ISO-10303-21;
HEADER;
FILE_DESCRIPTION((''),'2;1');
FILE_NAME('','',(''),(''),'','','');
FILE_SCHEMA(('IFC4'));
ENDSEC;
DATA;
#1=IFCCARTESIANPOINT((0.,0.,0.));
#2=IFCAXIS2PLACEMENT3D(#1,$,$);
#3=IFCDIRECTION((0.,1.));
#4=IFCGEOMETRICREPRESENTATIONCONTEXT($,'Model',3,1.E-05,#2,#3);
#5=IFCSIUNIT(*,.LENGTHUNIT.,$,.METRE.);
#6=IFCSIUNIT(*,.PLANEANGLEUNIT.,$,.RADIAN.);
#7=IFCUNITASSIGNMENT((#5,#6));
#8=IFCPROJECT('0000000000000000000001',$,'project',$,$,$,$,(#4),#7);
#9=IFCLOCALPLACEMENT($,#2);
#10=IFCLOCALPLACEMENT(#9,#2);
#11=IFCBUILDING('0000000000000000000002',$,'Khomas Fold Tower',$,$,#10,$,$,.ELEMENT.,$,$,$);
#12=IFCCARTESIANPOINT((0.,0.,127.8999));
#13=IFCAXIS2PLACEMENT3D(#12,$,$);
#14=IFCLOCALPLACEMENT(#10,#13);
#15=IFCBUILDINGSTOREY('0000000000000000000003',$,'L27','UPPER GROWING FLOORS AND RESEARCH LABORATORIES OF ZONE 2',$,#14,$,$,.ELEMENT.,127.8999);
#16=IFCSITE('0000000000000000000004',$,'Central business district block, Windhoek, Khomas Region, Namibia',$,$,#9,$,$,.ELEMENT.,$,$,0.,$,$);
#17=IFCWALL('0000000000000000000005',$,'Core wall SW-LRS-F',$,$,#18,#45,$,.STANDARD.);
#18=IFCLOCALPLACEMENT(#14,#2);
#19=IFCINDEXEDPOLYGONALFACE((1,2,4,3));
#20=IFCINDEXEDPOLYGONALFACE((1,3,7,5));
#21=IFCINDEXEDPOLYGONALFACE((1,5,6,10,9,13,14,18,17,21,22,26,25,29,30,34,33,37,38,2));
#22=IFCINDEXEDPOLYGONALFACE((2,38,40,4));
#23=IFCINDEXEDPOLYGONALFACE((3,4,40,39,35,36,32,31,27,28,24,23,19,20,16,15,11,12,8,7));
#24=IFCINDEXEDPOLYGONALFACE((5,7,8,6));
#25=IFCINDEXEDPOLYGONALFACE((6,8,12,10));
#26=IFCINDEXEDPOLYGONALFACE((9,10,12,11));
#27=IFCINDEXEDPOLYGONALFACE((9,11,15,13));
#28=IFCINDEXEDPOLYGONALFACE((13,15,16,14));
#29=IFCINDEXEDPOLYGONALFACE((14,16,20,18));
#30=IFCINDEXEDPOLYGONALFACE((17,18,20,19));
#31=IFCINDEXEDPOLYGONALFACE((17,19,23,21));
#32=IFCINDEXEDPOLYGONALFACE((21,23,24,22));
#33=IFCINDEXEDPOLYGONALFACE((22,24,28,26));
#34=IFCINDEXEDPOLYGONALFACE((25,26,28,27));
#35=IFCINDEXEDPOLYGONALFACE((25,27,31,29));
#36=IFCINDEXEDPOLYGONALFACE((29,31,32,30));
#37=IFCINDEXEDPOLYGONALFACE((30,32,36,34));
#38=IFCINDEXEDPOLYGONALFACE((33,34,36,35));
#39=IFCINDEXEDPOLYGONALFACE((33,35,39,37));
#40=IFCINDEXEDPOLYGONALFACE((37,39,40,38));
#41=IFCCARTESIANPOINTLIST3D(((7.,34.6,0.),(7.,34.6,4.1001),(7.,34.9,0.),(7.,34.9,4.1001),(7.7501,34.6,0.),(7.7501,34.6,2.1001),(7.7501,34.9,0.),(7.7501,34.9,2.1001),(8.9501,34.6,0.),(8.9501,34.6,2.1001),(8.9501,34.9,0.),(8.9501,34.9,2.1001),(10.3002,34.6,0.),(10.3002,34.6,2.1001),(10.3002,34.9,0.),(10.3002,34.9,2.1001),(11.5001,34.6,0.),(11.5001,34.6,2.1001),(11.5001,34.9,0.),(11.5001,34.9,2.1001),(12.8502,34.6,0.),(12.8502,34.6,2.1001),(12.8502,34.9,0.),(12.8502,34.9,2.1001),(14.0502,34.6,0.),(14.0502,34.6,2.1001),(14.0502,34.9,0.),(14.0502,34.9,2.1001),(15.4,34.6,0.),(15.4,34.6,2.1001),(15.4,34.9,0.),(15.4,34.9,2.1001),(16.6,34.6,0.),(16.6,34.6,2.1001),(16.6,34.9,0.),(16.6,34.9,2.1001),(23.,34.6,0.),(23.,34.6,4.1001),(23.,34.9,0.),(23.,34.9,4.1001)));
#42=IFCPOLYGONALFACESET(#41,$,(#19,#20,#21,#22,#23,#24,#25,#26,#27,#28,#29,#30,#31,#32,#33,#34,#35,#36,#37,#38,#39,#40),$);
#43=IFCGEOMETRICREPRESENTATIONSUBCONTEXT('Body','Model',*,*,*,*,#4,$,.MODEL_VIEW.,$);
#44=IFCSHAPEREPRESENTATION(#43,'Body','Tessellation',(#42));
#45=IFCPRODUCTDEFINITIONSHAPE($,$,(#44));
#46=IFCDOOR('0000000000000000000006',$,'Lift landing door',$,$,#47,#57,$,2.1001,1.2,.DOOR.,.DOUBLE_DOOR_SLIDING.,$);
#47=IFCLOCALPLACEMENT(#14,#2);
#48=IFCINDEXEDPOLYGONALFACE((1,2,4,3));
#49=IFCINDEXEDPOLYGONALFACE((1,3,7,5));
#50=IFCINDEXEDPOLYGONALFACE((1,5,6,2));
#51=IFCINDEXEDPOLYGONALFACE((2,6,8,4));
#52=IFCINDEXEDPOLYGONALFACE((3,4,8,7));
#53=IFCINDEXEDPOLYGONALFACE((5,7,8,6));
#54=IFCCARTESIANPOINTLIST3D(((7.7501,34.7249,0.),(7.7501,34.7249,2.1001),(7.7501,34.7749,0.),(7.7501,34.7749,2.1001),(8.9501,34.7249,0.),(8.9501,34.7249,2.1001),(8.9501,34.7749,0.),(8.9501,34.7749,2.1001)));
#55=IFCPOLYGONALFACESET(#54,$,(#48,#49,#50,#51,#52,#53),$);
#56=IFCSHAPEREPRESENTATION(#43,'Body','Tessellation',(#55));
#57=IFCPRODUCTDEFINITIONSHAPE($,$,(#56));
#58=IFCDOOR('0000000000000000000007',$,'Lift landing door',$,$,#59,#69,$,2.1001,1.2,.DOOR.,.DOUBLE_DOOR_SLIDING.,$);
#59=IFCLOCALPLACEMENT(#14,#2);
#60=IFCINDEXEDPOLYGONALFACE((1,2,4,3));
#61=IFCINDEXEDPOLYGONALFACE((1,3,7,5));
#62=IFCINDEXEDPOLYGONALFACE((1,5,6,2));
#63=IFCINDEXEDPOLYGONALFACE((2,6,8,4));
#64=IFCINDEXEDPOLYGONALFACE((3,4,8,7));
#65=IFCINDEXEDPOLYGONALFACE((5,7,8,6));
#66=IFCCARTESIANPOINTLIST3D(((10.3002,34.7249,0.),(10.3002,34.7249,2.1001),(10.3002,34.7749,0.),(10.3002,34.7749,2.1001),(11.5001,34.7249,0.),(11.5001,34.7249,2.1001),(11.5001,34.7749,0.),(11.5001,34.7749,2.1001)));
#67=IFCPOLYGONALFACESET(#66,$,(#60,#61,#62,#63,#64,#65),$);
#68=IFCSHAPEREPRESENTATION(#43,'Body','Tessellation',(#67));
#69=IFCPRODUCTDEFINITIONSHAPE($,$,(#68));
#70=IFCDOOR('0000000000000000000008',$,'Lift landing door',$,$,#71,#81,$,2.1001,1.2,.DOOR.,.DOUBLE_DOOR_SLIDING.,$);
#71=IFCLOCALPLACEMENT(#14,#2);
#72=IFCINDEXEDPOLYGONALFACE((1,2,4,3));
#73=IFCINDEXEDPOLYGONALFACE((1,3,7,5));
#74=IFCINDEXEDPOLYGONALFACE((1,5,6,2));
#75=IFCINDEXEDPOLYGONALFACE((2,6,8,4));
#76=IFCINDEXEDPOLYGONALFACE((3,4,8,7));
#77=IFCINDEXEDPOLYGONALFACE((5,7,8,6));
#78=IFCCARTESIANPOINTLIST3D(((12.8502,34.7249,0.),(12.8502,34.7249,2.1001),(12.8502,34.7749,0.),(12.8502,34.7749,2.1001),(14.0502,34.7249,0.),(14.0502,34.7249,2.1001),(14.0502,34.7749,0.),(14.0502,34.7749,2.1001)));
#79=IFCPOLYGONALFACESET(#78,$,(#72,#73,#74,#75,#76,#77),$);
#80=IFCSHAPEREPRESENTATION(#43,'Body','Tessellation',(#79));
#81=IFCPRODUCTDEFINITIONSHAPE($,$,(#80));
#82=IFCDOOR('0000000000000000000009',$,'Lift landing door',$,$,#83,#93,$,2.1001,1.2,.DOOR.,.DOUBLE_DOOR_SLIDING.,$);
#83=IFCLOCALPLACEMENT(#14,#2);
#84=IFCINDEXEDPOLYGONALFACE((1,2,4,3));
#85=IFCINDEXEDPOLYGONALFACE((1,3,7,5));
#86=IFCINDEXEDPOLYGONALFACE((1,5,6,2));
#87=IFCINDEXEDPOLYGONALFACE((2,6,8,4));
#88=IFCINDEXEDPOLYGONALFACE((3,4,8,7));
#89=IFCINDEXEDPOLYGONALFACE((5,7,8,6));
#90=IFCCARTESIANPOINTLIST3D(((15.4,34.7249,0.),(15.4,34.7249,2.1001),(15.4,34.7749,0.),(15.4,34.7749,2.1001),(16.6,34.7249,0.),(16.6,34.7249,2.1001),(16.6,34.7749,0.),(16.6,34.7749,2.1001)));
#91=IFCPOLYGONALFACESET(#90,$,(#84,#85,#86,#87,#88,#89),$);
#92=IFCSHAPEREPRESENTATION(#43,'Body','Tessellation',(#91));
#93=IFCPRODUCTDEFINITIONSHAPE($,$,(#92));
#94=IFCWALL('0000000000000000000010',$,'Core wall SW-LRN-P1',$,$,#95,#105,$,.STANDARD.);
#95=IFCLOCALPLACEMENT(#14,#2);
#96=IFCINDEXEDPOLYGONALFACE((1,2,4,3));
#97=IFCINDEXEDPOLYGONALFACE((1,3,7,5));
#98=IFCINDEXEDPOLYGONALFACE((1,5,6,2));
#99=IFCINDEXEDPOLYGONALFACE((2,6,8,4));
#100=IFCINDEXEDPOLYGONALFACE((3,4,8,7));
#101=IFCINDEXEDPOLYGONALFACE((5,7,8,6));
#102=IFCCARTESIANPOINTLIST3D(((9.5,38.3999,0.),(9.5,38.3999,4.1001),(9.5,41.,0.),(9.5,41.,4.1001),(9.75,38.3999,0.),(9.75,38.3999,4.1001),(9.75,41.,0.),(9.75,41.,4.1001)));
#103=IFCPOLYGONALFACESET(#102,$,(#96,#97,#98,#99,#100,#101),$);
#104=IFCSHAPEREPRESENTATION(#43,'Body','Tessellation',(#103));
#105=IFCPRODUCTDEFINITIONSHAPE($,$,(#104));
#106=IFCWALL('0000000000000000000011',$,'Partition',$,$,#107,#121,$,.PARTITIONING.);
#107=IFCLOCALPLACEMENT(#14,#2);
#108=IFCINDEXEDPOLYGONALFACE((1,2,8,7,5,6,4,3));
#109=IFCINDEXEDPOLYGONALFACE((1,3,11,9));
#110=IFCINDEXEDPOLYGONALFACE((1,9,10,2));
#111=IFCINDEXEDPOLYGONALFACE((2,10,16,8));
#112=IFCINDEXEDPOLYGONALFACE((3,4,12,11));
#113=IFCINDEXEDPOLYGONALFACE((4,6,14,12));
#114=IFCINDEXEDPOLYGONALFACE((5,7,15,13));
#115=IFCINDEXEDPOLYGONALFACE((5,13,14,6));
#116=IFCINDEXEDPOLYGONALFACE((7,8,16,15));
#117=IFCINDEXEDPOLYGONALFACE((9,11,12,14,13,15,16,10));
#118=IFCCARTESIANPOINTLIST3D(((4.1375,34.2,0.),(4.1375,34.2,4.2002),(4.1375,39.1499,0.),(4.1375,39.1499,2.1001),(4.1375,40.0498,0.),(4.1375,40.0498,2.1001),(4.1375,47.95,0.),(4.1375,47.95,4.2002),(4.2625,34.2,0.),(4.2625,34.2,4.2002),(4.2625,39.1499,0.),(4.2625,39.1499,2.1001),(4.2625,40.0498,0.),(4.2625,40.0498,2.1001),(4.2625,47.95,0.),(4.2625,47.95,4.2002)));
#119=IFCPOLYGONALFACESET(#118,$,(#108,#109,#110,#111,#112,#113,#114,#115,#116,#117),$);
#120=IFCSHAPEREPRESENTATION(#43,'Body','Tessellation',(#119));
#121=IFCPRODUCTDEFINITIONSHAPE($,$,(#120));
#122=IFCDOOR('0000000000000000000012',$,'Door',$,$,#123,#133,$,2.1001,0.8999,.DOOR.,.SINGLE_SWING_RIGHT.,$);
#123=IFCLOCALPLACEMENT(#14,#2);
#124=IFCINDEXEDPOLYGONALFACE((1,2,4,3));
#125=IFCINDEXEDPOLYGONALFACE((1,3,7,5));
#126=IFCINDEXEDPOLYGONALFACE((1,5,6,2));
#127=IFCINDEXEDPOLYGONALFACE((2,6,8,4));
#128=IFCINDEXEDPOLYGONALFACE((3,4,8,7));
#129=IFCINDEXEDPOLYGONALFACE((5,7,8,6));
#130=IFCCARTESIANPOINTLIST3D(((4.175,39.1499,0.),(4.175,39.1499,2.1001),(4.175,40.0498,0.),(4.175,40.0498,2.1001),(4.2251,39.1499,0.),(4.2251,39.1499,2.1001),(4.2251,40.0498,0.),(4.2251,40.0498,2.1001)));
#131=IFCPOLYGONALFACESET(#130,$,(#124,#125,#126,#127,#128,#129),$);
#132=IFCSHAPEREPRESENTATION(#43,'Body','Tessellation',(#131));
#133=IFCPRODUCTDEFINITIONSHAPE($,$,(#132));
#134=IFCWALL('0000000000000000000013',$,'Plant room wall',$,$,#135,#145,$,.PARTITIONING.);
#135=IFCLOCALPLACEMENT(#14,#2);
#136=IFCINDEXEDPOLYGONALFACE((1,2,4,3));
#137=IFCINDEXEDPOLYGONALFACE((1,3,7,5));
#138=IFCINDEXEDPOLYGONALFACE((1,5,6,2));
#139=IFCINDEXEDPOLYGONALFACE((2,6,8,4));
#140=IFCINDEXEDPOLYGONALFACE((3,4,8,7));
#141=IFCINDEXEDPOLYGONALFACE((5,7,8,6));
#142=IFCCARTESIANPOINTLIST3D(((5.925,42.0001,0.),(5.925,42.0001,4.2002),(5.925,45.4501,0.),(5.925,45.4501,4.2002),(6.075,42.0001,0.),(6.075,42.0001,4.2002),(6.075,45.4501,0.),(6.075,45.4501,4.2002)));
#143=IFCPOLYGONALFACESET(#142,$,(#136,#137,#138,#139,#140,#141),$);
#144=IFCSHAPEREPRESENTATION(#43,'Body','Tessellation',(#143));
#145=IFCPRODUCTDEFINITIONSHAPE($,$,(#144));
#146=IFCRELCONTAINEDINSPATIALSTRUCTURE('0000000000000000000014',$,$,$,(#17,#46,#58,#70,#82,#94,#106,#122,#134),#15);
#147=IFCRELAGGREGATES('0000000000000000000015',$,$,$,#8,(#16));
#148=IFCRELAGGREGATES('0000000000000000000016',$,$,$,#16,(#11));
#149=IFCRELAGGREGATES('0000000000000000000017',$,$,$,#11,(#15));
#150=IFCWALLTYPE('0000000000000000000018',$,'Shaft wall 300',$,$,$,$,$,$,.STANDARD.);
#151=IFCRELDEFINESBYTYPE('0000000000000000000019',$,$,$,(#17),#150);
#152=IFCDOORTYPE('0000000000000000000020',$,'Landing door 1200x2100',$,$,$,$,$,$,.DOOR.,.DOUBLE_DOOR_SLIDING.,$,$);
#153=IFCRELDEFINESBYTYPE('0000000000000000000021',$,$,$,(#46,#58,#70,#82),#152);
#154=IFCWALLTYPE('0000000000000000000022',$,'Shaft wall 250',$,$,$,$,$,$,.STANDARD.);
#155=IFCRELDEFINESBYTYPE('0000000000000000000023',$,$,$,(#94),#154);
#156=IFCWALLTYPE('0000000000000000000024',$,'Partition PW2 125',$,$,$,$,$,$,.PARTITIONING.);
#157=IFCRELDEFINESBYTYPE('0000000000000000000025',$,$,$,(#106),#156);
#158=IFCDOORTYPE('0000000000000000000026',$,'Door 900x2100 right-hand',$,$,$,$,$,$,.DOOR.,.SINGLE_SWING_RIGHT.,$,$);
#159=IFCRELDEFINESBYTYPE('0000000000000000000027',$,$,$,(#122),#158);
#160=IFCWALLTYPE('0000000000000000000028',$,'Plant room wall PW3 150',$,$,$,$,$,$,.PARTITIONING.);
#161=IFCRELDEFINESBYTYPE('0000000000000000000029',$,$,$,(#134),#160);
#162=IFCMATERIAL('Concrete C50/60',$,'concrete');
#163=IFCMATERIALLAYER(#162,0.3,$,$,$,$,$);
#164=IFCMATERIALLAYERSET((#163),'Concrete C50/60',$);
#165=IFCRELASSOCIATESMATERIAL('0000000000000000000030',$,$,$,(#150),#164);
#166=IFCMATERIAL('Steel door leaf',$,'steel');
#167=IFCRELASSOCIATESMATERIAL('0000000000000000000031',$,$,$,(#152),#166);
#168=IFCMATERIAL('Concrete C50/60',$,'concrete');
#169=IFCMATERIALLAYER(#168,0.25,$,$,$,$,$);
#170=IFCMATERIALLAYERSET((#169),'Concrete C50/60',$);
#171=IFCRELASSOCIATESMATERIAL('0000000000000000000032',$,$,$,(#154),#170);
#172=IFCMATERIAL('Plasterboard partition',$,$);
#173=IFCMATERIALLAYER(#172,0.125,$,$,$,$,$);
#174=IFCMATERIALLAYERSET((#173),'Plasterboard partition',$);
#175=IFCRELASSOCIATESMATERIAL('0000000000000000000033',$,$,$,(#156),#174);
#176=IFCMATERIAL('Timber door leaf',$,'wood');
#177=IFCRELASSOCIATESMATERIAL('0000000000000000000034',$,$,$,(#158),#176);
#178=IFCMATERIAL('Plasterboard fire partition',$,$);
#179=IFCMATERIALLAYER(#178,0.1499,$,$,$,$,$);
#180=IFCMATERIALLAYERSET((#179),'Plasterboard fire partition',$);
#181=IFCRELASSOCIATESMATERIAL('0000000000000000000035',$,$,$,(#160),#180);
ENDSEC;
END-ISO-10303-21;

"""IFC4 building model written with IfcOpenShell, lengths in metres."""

from ifc_helpers import new_model, si_unit, direction, frame, frame_2d, origin, place, context, subcontext, project, spatial, rectangle, extrude, source, transform, mapped, material, layer, layer_set, type_object, element, fill, save


model = new_model("IFC4")

# Units and contexts
model_context = context("Model", 3, precision=1e-05, world=origin(), true_north=direction((0.0, 1.0)))
body_context = subcontext(model_context, "Body", "Model", "MODEL_VIEW")
ifc_project = project(units=[si_unit("LENGTHUNIT", "METRE"), si_unit("PLANEANGLEUNIT", "RADIAN")], contexts=[model_context])

# Site, building, storey
site_placement = place(None, origin())
site = spatial("IfcSite", under=ifc_project, at=site_placement, Name="Central business district block, Windhoek, Khomas Region, Namibia", CompositionType="ELEMENT", RefElevation=0.0)
building_placement = place(site_placement, origin())
building = spatial("IfcBuilding", under=site, at=building_placement, Name="Khomas Fold Tower", CompositionType="ELEMENT")
storey_placement = place(building_placement, frame((0.0, 0.0, 127.8999)))
storey = spatial("IfcBuildingStorey", under=building, at=storey_placement, Name="L27", Description="UPPER GROWING FLOORS AND RESEARCH LABORATORIES OF ZONE 2", CompositionType="ELEMENT", Elevation=127.8999)

# Wall, openings, doors
ifc_material_1 = material(Name="Concrete C50/60", Category="concrete")
ifc_layer_1 = layer(ifc_material_1, 0.3)
ifc_layer_set_1 = layer_set([ifc_layer_1], Name="Concrete C50/60")
wall_type_1 = type_object("IfcWallType", Name="Shaft wall 300", PredefinedType="STANDARD", material=ifc_layer_set_1)
shared_shape_1 = source(origin(), body_context, "Body", "SweptSolid", [
    extrude(rectangle(XDim=16.0, YDim=0.3, at=frame_2d((8.0, 0.0))), origin(), (0.0, 0.0, 1.0), 4.1001),
])
shared_shape_2 = source(origin(), body_context, "Body", "SweptSolid", [
    extrude(rectangle(XDim=1.2, YDim=2.1001, at=frame_2d((0.6001, 1.05))), frame((0.0, 0.1599, 0.0), z_axis=(0.0, -1.0, 0.0), x_axis=(1.0, 0.0, 0.0)), (0.0, 0.0, 1.0), 0.3201),
])
ifc_material_2 = material(Name="Steel door leaf", Category="steel")
door_type_1 = type_object("IfcDoorType", Name="Landing door 1200x2100", OperationType="DOUBLE_DOOR_SLIDING", PredefinedType="DOOR", material=ifc_material_2)
shared_shape_3 = source(origin(), body_context, "Body", "SweptSolid", [
    extrude(rectangle(XDim=1.2, YDim=2.1001, at=frame_2d((0.6001, 1.05))), frame((0.0, 0.0249, 0.0), z_axis=(0.0, -1.0, 0.0), x_axis=(1.0, 0.0, 0.0)), (0.0, 0.0, 1.0), 0.05),
])
wall_1_placement = place(storey_placement, frame((7.0, 34.75, 0.0), z_axis=(0.0, 0.0, 1.0), x_axis=(1.0, 0.0, 0.0)))
wall_1 = element("IfcWall", 1, at=wall_1_placement, inside=storey, type_object=wall_type_1, Name="Core wall SW-LRS-F", PredefinedType="STANDARD", context=body_context, shape_type="MappedRepresentation", body=[
    mapped(shared_shape_1, transform((0.0, 0.0, 0.0))),
])
opening_1_placement = place(wall_1_placement, frame((0.75, 0.0, 0.0)))
opening_1 = element("IfcOpeningElement", 2, at=opening_1_placement, cuts=wall_1, PredefinedType="OPENING", context=body_context, shape_type="MappedRepresentation", body=[
    mapped(shared_shape_2, transform((0.0, 0.0, 0.0))),
])
opening_2_placement = place(wall_1_placement, frame((3.3, 0.0, 0.0)))
opening_2 = element("IfcOpeningElement", 3, at=opening_2_placement, cuts=wall_1, PredefinedType="OPENING", context=body_context, shape_type="MappedRepresentation", body=[
    mapped(shared_shape_2, transform((0.0, 0.0, 0.0))),
])
opening_3_placement = place(wall_1_placement, frame((5.8501, 0.0, 0.0)))
opening_3 = element("IfcOpeningElement", 4, at=opening_3_placement, cuts=wall_1, PredefinedType="OPENING", context=body_context, shape_type="MappedRepresentation", body=[
    mapped(shared_shape_2, transform((0.0, 0.0, 0.0))),
])
opening_4_placement = place(wall_1_placement, frame((8.3999, 0.0, 0.0)))
opening_4 = element("IfcOpeningElement", 5, at=opening_4_placement, cuts=wall_1, PredefinedType="OPENING", context=body_context, shape_type="MappedRepresentation", body=[
    mapped(shared_shape_2, transform((0.0, 0.0, 0.0))),
])
door_1_placement = place(opening_1_placement, origin())
door_1 = element("IfcDoor", 6, at=door_1_placement, inside=storey, type_object=door_type_1, Name="Lift landing door", OperationType="DOUBLE_DOOR_SLIDING", OverallHeight=2.1001, OverallWidth=1.2, PredefinedType="DOOR", context=body_context, shape_type="MappedRepresentation", body=[
    mapped(shared_shape_3, transform((0.0, 0.0, 0.0))),
])
fill(opening_1, door_1)
door_2_placement = place(opening_2_placement, origin())
door_2 = element("IfcDoor", 7, at=door_2_placement, inside=storey, type_object=door_type_1, Name="Lift landing door", OperationType="DOUBLE_DOOR_SLIDING", OverallHeight=2.1001, OverallWidth=1.2, PredefinedType="DOOR", context=body_context, shape_type="MappedRepresentation", body=[
    mapped(shared_shape_3, transform((0.0, 0.0, 0.0))),
])
fill(opening_2, door_2)
door_3_placement = place(opening_3_placement, origin())
door_3 = element("IfcDoor", 8, at=door_3_placement, inside=storey, type_object=door_type_1, Name="Lift landing door", OperationType="DOUBLE_DOOR_SLIDING", OverallHeight=2.1001, OverallWidth=1.2, PredefinedType="DOOR", context=body_context, shape_type="MappedRepresentation", body=[
    mapped(shared_shape_3, transform((0.0, 0.0, 0.0))),
])
fill(opening_3, door_3)
door_4_placement = place(opening_4_placement, origin())
door_4 = element("IfcDoor", 9, at=door_4_placement, inside=storey, type_object=door_type_1, Name="Lift landing door", OperationType="DOUBLE_DOOR_SLIDING", OverallHeight=2.1001, OverallWidth=1.2, PredefinedType="DOOR", context=body_context, shape_type="MappedRepresentation", body=[
    mapped(shared_shape_3, transform((0.0, 0.0, 0.0))),
])
fill(opening_4, door_4)

# Wall
ifc_material_3 = material(Name="Concrete C50/60", Category="concrete")
ifc_layer_2 = layer(ifc_material_3, 0.25)
ifc_layer_set_2 = layer_set([ifc_layer_2], Name="Concrete C50/60")
wall_type_2 = type_object("IfcWallType", Name="Shaft wall 250", PredefinedType="STANDARD", material=ifc_layer_set_2)
shared_shape_4 = source(origin(), body_context, "Body", "SweptSolid", [
    extrude(rectangle(XDim=2.6001, YDim=0.25, at=frame_2d((1.3, 0.0))), origin(), (0.0, 0.0, 1.0), 4.1001),
])
wall_2_placement = place(storey_placement, frame((9.625, 38.3999, 0.0), z_axis=(0.0, 0.0, 1.0), x_axis=(0.0, 1.0, 0.0)))
element("IfcWall", 10, at=wall_2_placement, inside=storey, type_object=wall_type_2, Name="Core wall SW-LRN-P1", PredefinedType="STANDARD", context=body_context, shape_type="MappedRepresentation", body=[
    mapped(shared_shape_4, transform((0.0, 0.0, 0.0))),
])

# Wall, opening, door
ifc_material_4 = material(Name="Plasterboard partition")
ifc_layer_3 = layer(ifc_material_4, 0.125)
ifc_layer_set_3 = layer_set([ifc_layer_3], Name="Plasterboard partition")
wall_type_3 = type_object("IfcWallType", Name="Partition PW2 125", PredefinedType="PARTITIONING", material=ifc_layer_set_3)
shared_shape_5 = source(origin(), body_context, "Body", "SweptSolid", [
    extrude(rectangle(XDim=13.75, YDim=0.125, at=frame_2d((6.875, 0.0))), origin(), (0.0, 0.0, 1.0), 4.2002),
])
wall_3_placement = place(storey_placement, frame((4.2, 34.2, 0.0), z_axis=(0.0, 0.0, 1.0), x_axis=(0.0, 1.0, 0.0)))
wall_3 = element("IfcWall", 11, at=wall_3_placement, inside=storey, type_object=wall_type_3, Name="Partition", PredefinedType="PARTITIONING", context=body_context, shape_type="MappedRepresentation", body=[
    mapped(shared_shape_5, transform((0.0, 0.0, 0.0))),
])
shared_shape_6 = source(origin(), body_context, "Body", "SweptSolid", [
    extrude(rectangle(XDim=0.8999, YDim=2.1001, at=frame_2d((0.45, 1.05))), frame((0.0, 0.0725, 0.0), z_axis=(0.0, -1.0, 0.0), x_axis=(1.0, 0.0, 0.0)), (0.0, 0.0, 1.0), 0.145),
])
opening_5_placement = place(wall_3_placement, frame((4.95, 0.0, 0.0)))
opening_5 = element("IfcOpeningElement", 12, at=opening_5_placement, cuts=wall_3, PredefinedType="OPENING", context=body_context, shape_type="MappedRepresentation", body=[
    mapped(shared_shape_6, transform((0.0, 0.0, 0.0))),
])
ifc_material_5 = material(Name="Timber door leaf", Category="wood")
door_type_2 = type_object("IfcDoorType", Name="Door 900x2100 right-hand", OperationType="SINGLE_SWING_RIGHT", PredefinedType="DOOR", material=ifc_material_5)
shared_shape_7 = source(origin(), body_context, "Body", "SweptSolid", [
    extrude(rectangle(XDim=0.8999, YDim=2.1001, at=frame_2d((0.45, 1.05))), frame((0.0, 0.0249, 0.0), z_axis=(0.0, -1.0, 0.0), x_axis=(1.0, 0.0, 0.0)), (0.0, 0.0, 1.0), 0.05),
])
door_5_placement = place(opening_5_placement, origin())
door_5 = element("IfcDoor", 13, at=door_5_placement, inside=storey, type_object=door_type_2, Name="Door", OperationType="SINGLE_SWING_RIGHT", OverallHeight=2.1001, OverallWidth=0.8999, PredefinedType="DOOR", context=body_context, shape_type="MappedRepresentation", body=[
    mapped(shared_shape_7, transform((0.0, 0.0, 0.0))),
])
fill(opening_5, door_5)

# Wall
ifc_material_6 = material(Name="Plasterboard fire partition")
ifc_layer_4 = layer(ifc_material_6, 0.1499)
ifc_layer_set_4 = layer_set([ifc_layer_4], Name="Plasterboard fire partition")
wall_type_4 = type_object("IfcWallType", Name="Plant room wall PW3 150", PredefinedType="PARTITIONING", material=ifc_layer_set_4)
shared_shape_8 = source(origin(), body_context, "Body", "SweptSolid", [
    extrude(rectangle(XDim=3.45, YDim=0.1499, at=frame_2d((1.7251, 0.0))), origin(), (0.0, 0.0, 1.0), 4.2002),
])
wall_4_placement = place(storey_placement, frame((6.0, 42.0, 0.0), z_axis=(0.0, 0.0, 1.0), x_axis=(0.0, 1.0, 0.0)))
element("IfcWall", 14, at=wall_4_placement, inside=storey, type_object=wall_type_4, Name="Plant room wall", PredefinedType="PARTITIONING", context=body_context, shape_type="MappedRepresentation", body=[
    mapped(shared_shape_8, transform((0.0, 0.0, 0.0))),
])

save(model, "model.ifc")
